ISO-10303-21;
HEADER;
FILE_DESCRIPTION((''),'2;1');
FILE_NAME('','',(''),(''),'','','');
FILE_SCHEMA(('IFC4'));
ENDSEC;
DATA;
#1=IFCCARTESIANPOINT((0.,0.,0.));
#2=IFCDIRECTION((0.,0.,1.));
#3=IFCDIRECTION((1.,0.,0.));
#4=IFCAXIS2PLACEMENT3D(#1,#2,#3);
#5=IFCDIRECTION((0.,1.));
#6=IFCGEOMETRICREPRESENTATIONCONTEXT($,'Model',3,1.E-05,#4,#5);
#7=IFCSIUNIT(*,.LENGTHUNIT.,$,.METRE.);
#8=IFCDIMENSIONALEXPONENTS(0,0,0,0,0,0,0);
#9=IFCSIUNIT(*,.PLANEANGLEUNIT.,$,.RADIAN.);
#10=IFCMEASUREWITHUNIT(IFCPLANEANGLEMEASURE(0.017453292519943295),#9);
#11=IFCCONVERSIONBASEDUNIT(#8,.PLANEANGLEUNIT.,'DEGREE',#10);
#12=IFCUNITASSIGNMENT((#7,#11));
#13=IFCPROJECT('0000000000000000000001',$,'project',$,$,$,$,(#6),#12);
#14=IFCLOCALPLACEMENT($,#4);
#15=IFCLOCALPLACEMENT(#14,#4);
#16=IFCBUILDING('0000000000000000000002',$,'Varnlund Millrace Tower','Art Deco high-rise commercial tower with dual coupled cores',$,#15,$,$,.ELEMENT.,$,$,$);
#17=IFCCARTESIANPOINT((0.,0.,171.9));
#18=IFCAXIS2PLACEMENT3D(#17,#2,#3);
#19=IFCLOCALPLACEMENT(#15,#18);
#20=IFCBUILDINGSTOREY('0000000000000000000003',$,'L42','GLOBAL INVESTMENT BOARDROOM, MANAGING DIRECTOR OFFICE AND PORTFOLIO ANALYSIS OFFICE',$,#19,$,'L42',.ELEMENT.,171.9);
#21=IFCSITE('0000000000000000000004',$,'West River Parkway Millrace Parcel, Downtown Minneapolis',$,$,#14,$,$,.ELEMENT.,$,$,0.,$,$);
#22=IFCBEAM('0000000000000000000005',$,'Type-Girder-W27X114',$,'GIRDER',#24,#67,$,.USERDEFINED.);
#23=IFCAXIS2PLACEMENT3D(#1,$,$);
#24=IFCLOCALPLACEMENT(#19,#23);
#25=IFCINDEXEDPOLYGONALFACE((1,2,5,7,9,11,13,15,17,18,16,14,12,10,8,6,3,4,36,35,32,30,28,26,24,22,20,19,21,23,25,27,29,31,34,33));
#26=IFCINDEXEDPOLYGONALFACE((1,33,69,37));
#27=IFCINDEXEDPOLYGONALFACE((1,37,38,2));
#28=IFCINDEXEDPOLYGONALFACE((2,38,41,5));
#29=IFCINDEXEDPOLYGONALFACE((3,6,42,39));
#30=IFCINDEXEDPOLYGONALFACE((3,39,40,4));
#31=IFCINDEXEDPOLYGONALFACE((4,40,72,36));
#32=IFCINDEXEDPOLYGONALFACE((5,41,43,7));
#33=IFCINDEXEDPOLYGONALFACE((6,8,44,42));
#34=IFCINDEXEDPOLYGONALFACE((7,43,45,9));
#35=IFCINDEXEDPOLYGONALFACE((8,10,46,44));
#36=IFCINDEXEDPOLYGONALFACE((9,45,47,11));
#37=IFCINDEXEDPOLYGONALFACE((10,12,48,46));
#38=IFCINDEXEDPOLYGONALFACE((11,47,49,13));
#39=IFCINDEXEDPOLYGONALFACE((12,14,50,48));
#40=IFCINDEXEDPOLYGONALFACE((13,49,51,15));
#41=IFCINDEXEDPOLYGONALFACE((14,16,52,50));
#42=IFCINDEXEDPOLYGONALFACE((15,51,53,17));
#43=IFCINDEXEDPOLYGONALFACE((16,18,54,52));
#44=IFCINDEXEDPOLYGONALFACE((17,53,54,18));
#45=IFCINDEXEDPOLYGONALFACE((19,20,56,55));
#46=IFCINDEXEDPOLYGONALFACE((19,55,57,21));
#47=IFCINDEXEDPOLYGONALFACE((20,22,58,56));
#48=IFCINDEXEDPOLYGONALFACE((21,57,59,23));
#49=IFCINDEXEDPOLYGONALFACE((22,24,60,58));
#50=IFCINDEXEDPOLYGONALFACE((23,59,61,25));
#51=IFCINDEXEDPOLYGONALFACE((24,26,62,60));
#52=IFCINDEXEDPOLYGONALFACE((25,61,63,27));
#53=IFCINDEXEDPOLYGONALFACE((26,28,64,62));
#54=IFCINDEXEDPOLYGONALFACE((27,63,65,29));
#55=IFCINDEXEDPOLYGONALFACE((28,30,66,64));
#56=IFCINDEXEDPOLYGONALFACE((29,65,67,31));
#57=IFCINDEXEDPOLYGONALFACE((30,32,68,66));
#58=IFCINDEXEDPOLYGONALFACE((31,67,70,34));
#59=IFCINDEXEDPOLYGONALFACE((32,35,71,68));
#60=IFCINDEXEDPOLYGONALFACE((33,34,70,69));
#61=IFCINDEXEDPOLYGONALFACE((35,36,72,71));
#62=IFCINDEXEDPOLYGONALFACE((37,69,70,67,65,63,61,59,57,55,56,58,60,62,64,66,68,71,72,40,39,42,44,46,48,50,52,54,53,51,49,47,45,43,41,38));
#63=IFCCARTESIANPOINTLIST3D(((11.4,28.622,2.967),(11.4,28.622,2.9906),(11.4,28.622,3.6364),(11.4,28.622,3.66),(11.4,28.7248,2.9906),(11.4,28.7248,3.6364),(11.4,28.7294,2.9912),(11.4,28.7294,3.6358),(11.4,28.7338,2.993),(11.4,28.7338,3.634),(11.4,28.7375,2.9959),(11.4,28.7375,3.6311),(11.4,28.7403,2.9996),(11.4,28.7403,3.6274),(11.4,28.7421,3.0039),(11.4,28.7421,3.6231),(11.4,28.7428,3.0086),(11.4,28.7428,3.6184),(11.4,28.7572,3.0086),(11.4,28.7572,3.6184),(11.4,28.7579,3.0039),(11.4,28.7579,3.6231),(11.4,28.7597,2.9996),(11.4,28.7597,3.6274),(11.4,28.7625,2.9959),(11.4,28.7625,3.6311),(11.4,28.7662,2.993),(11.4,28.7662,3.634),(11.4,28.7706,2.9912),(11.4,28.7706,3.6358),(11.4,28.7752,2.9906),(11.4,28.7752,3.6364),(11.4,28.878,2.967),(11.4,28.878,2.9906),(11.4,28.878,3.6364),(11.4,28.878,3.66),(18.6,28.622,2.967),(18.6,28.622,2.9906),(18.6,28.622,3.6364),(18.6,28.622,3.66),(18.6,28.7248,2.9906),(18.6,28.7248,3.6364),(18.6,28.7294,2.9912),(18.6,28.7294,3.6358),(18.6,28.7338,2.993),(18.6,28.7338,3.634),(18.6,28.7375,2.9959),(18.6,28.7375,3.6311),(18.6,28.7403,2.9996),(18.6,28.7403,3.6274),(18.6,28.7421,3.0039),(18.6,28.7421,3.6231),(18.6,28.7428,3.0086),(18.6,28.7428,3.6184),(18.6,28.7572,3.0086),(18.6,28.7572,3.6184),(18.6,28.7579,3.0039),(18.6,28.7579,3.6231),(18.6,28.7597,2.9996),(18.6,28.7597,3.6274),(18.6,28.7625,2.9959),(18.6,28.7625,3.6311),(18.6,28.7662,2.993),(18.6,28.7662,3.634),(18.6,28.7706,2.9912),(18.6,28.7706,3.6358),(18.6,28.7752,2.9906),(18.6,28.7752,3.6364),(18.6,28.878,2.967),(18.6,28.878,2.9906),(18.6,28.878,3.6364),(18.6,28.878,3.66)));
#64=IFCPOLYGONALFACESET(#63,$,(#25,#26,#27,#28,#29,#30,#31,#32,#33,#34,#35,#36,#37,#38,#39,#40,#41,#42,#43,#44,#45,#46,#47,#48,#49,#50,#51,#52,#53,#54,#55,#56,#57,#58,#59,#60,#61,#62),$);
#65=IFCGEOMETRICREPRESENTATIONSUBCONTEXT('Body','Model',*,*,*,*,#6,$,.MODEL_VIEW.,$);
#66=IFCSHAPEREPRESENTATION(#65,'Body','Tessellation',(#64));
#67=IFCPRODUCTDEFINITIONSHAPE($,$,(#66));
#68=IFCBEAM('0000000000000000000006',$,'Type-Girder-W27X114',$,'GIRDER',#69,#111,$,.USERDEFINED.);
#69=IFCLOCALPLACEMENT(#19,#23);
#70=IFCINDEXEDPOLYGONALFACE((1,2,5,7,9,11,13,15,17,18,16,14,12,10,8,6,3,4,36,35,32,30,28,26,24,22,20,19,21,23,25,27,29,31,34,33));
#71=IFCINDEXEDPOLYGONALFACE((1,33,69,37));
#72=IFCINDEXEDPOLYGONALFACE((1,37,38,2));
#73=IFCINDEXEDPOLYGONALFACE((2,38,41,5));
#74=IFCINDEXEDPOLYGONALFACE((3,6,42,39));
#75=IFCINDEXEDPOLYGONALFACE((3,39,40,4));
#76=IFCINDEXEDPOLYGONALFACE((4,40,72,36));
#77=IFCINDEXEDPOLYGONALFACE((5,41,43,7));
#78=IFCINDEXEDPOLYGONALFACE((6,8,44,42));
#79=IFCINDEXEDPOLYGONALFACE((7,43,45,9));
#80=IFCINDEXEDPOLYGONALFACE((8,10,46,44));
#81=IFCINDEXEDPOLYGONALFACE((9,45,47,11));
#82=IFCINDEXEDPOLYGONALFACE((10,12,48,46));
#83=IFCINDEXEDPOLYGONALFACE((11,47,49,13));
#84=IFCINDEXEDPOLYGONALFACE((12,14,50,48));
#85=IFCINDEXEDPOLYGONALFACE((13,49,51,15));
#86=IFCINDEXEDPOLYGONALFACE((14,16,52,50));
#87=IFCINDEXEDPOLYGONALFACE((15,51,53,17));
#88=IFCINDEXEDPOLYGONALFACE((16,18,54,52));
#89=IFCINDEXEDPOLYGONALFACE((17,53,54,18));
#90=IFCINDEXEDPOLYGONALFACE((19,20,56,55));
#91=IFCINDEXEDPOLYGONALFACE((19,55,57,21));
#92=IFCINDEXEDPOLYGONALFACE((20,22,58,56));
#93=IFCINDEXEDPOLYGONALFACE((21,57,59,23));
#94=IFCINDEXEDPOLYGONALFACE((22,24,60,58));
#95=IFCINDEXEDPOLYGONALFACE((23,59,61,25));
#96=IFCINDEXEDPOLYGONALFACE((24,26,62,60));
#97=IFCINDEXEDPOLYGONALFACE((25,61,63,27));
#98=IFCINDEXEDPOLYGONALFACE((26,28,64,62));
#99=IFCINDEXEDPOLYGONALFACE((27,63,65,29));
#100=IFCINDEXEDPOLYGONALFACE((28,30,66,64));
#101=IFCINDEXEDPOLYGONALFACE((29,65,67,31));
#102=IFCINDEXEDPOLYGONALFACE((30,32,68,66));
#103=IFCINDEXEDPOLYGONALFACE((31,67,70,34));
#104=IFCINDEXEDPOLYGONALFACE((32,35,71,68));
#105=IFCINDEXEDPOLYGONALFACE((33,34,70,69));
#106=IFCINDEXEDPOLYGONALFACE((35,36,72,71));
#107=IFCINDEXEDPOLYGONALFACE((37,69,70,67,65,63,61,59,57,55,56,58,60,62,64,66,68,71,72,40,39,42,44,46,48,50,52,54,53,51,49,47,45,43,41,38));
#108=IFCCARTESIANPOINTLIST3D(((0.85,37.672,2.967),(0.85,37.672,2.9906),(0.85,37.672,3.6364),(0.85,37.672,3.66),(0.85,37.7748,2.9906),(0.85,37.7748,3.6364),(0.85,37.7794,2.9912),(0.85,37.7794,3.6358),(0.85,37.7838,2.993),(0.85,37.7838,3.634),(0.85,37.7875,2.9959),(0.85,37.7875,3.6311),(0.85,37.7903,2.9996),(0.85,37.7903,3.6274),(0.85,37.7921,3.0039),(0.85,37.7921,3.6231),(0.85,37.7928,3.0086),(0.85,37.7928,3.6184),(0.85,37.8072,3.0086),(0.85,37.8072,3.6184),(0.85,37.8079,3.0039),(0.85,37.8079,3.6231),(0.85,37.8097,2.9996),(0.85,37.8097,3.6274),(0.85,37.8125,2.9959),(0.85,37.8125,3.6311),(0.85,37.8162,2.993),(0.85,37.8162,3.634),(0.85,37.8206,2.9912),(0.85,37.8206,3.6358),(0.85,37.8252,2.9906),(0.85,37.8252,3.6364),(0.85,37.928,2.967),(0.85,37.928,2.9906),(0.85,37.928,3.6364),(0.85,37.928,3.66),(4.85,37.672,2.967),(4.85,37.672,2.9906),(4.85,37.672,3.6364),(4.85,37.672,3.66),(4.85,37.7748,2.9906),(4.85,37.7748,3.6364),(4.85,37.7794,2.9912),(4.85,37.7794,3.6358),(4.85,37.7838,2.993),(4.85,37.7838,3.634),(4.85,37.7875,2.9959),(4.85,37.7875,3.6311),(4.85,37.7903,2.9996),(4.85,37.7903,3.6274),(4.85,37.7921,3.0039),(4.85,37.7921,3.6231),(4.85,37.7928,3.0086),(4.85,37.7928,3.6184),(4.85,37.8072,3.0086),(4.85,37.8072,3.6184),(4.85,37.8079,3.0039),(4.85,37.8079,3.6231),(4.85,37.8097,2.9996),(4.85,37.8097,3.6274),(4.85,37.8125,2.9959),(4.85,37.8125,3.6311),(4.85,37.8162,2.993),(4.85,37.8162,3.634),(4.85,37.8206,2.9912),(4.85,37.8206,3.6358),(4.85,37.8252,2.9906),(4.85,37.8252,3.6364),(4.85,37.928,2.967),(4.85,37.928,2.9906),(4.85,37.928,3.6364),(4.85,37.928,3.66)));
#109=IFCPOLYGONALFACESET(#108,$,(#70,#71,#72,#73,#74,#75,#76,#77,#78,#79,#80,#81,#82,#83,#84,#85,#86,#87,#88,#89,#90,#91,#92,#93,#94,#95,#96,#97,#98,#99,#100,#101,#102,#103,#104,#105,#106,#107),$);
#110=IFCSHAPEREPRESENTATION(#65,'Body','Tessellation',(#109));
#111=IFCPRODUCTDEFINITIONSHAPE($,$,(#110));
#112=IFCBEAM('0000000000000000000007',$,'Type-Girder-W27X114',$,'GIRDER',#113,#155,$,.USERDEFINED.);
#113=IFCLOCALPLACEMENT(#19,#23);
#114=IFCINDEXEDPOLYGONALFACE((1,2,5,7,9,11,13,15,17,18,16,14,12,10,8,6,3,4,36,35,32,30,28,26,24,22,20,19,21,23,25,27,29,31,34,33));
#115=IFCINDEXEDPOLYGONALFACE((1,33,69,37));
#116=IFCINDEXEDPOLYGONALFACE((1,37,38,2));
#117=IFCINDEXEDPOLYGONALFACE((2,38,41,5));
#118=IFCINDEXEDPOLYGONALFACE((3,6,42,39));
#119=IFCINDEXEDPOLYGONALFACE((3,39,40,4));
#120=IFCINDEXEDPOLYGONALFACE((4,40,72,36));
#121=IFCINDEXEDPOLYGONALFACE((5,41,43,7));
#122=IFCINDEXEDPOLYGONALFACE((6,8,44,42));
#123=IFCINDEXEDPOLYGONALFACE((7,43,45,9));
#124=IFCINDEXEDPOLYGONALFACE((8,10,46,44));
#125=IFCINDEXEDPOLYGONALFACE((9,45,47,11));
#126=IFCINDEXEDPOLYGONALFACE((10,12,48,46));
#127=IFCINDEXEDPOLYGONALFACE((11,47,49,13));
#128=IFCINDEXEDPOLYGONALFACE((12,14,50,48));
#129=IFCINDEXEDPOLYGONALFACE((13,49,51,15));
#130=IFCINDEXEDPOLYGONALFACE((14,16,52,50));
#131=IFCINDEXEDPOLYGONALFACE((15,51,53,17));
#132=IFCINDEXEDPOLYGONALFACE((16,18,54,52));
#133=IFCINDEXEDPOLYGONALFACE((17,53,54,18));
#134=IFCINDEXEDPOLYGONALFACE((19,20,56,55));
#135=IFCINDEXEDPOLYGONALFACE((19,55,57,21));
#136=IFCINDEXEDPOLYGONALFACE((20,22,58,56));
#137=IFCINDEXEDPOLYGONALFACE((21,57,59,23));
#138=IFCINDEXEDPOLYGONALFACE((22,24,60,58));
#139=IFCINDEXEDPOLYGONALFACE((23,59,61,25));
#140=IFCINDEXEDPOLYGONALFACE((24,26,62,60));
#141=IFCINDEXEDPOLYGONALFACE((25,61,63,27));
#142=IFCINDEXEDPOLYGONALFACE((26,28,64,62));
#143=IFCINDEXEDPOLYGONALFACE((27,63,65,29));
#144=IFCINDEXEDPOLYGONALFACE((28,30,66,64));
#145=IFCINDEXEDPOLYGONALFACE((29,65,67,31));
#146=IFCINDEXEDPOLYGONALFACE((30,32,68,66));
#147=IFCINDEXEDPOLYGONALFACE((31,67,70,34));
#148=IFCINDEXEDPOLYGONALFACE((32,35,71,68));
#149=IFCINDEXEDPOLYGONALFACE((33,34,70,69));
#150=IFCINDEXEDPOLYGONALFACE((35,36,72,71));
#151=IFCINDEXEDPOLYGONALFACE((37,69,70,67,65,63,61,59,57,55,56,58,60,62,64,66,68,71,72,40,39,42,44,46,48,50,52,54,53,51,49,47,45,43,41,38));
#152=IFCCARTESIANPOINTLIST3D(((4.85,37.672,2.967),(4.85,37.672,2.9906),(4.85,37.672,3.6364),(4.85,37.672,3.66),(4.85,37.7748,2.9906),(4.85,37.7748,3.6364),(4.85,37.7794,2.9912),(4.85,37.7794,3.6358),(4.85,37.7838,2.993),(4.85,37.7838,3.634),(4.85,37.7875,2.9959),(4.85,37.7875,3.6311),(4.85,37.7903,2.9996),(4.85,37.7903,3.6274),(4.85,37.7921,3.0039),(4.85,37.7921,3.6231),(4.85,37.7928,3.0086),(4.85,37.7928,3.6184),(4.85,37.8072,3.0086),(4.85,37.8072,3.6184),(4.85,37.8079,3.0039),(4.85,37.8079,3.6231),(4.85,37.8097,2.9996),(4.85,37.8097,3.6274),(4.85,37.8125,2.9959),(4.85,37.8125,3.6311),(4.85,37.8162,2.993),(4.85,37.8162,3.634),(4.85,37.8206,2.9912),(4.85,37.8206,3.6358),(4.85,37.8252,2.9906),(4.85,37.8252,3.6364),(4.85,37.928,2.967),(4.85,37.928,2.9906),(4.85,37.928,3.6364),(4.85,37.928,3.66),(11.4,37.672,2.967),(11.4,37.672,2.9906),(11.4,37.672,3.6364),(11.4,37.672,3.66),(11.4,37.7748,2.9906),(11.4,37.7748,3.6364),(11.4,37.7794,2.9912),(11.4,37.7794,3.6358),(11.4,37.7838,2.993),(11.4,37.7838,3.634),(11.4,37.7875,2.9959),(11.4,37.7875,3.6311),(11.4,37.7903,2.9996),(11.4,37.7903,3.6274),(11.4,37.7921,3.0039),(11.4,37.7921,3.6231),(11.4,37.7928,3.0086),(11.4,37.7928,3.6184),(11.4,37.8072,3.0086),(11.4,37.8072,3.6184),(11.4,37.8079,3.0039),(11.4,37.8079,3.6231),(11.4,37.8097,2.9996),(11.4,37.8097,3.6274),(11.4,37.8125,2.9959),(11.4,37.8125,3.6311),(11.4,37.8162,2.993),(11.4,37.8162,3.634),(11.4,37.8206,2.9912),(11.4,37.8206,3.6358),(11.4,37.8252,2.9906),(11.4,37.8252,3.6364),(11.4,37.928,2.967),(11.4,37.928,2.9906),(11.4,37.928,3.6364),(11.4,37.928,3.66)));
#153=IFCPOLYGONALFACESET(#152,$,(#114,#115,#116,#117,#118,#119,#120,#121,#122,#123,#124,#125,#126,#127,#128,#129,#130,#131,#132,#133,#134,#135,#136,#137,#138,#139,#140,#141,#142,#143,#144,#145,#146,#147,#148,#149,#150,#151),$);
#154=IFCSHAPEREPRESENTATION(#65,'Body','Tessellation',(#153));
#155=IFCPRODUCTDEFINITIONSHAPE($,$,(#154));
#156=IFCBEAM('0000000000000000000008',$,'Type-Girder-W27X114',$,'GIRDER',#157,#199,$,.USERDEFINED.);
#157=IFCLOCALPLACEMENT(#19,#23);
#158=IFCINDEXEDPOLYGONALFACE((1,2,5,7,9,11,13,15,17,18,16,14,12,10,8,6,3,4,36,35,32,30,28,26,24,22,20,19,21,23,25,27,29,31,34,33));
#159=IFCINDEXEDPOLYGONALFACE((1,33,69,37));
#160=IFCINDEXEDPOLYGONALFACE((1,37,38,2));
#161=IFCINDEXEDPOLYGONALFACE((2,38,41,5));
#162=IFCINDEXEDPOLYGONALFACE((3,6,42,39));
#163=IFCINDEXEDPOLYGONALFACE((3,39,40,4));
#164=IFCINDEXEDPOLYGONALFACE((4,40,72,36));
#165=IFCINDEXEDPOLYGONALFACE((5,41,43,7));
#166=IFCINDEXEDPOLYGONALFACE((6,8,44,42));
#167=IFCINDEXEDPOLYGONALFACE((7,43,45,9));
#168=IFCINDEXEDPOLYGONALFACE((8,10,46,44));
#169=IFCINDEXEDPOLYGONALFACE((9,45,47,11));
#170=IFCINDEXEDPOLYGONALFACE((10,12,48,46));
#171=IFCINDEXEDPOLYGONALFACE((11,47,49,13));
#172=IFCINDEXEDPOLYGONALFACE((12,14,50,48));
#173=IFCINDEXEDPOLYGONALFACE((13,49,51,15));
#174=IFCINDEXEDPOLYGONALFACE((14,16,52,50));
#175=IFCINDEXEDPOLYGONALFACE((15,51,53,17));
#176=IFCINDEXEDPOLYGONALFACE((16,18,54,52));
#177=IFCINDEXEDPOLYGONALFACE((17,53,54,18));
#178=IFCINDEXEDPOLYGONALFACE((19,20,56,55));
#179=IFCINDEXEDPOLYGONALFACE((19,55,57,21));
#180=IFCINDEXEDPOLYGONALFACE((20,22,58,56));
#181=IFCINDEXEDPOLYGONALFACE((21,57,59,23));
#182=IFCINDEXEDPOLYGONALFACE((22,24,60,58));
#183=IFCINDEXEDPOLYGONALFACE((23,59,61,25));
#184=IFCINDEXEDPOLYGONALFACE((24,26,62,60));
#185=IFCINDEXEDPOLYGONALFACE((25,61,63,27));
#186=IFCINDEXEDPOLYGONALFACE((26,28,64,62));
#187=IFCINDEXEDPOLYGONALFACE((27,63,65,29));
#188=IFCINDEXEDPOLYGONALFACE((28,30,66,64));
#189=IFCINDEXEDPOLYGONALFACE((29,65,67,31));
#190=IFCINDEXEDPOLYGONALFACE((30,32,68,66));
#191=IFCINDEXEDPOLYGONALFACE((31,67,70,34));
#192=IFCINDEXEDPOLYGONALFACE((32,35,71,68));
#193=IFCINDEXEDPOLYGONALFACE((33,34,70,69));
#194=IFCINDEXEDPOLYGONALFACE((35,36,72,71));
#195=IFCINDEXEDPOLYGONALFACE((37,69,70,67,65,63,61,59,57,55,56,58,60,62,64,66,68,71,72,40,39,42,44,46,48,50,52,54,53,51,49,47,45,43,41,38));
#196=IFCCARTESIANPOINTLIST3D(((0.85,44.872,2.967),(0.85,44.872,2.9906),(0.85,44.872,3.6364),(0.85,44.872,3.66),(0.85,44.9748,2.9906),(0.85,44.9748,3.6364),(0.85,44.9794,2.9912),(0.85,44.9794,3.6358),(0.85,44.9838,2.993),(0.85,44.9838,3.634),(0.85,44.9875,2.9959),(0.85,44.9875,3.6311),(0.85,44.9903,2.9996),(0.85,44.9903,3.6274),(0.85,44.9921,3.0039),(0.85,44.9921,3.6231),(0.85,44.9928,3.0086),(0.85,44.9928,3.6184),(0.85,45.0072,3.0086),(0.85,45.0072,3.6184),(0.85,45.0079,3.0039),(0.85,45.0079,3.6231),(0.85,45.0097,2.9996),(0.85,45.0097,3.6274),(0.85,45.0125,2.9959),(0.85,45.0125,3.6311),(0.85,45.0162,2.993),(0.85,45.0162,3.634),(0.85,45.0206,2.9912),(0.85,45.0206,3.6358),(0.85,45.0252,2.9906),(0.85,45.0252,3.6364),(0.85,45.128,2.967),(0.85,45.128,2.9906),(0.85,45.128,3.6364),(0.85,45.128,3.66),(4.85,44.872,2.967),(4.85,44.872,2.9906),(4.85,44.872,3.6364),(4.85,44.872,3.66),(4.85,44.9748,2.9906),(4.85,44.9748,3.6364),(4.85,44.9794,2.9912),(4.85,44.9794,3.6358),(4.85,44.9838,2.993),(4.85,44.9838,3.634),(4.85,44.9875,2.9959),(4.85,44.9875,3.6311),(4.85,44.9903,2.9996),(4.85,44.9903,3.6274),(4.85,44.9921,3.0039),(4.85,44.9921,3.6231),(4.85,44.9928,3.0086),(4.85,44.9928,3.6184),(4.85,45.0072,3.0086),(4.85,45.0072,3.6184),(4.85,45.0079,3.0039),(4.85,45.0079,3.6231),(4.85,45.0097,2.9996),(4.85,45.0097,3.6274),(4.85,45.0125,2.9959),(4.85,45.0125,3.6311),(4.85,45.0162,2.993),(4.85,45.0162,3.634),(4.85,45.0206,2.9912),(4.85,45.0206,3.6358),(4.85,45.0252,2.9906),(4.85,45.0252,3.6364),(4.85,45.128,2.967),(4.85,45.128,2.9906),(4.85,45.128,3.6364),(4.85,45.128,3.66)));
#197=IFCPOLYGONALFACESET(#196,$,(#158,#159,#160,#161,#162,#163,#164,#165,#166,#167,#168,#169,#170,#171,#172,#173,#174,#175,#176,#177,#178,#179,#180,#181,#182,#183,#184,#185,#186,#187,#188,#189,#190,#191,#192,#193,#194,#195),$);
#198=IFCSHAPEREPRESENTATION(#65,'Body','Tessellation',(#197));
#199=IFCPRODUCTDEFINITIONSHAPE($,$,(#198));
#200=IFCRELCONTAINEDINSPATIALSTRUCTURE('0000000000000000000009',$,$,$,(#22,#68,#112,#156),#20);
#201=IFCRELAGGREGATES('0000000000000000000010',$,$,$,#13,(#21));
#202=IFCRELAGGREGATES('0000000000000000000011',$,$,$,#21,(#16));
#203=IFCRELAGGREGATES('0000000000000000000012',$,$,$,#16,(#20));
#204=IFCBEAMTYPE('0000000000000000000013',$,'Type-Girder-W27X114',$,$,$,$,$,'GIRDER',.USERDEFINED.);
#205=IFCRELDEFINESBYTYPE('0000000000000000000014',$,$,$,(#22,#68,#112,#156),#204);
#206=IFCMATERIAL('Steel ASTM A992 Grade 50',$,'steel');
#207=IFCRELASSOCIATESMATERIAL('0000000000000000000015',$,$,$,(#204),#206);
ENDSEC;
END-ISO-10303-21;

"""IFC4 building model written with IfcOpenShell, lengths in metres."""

from ifc_helpers import new_model, entity, si_unit, converted_unit, direction, frame, origin_with_axes, origin_2d_with_axis, place, context, subcontext, project, spatial, i_section, extrude, material, material_profile, profile_set, type_object, element, save


model = new_model("IFC4")

# Units and contexts
model_context = context("Model", 3, precision=1e-05, world=origin_with_axes(), true_north=direction((0.0, 1.0)))
body_context = subcontext(model_context, "Body", "Model", "MODEL_VIEW")
ifc_project = project(units=[si_unit("LENGTHUNIT", "METRE"), converted_unit("PLANEANGLEUNIT", "DEGREE", entity("IfcPlaneAngleMeasure", 0.017453292519943295), si_unit("PLANEANGLEUNIT", "RADIAN"), dimensions=[0, 0, 0, 0, 0, 0, 0])], contexts=[model_context])

# Site, building, storey
site_placement = place(None, origin_with_axes())
site = spatial("IfcSite", under=ifc_project, at=site_placement, Name="West River Parkway Millrace Parcel, Downtown Minneapolis", CompositionType="ELEMENT", RefElevation=0.0)
building_placement = place(site_placement, origin_with_axes())
building = spatial("IfcBuilding", under=site, at=building_placement, Name="Varnlund Millrace Tower", Description="Art Deco high-rise commercial tower with dual coupled cores", CompositionType="ELEMENT")
storey_placement = place(building_placement, frame((0.0, 0.0, 171.9), z_axis=(0.0, 0.0, 1.0), x_axis=(1.0, 0.0, 0.0)))
storey = spatial("IfcBuildingStorey", under=building, at=storey_placement, Name="L42", Description="GLOBAL INVESTMENT BOARDROOM, MANAGING DIRECTOR OFFICE AND PORTFOLIO ANALYSIS OFFICE", LongName="L42", CompositionType="ELEMENT", Elevation=171.9)

# Beams
ifc_material_1 = material(Name="Steel ASTM A992 Grade 50", Category="steel")
ifc_material_profile_1 = material_profile(ifc_material_1, i_section(OverallWidth=0.256, OverallDepth=0.693, WebThickness=0.0145, FlangeThickness=0.0236, FilletRadius=0.018, at=origin_2d_with_axis()), Name="Steel ASTM A992 Grade 50")
ifc_profile_set_1 = profile_set([ifc_material_profile_1], Name="Steel ASTM A992 Grade 50")
beam_type_1 = type_object("IfcBeamType", Name="Type-Girder-W27X114", ElementType="GIRDER", PredefinedType="USERDEFINED", material=ifc_profile_set_1)
beam_1_placement = place(storey_placement, frame((11.4, 28.75, 3.3135), z_axis=(1.0, 0.0, 0.0), x_axis=(0.0, 1.0, 0.0)))
element("IfcBeam", 1, at=beam_1_placement, inside=storey, type_object=beam_type_1, Name="Type-Girder-W27X114", ObjectType="GIRDER", PredefinedType="USERDEFINED", context=body_context, shape_type="SweptSolid", body=[
    extrude(i_section(OverallWidth=0.256, OverallDepth=0.693, WebThickness=0.0145, FlangeThickness=0.0236, FilletRadius=0.018, at=origin_2d_with_axis()), origin_with_axes(), (0.0, 0.0, 1.0), 7.2),
])
beam_2_placement = place(storey_placement, frame((0.85, 37.8, 3.3135), z_axis=(1.0, 0.0, 0.0), x_axis=(0.0, 1.0, 0.0)))
element("IfcBeam", 2, at=beam_2_placement, inside=storey, type_object=beam_type_1, Name="Type-Girder-W27X114", ObjectType="GIRDER", PredefinedType="USERDEFINED", context=body_context, shape_type="SweptSolid", body=[
    extrude(i_section(OverallWidth=0.256, OverallDepth=0.693, WebThickness=0.0145, FlangeThickness=0.0236, FilletRadius=0.018, at=origin_2d_with_axis()), origin_with_axes(), (0.0, 0.0, 1.0), 4.0),
])
beam_3_placement = place(storey_placement, frame((4.85, 37.8, 3.3135), z_axis=(1.0, 0.0, 0.0), x_axis=(0.0, 1.0, 0.0)))
element("IfcBeam", 3, at=beam_3_placement, inside=storey, type_object=beam_type_1, Name="Type-Girder-W27X114", ObjectType="GIRDER", PredefinedType="USERDEFINED", context=body_context, shape_type="SweptSolid", body=[
    extrude(i_section(OverallWidth=0.256, OverallDepth=0.693, WebThickness=0.0145, FlangeThickness=0.0236, FilletRadius=0.018, at=origin_2d_with_axis()), origin_with_axes(), (0.0, 0.0, 1.0), 6.55),
])
beam_4_placement = place(storey_placement, frame((0.85, 45.0, 3.3135), z_axis=(1.0, 0.0, 0.0), x_axis=(0.0, 1.0, 0.0)))
element("IfcBeam", 4, at=beam_4_placement, inside=storey, type_object=beam_type_1, Name="Type-Girder-W27X114", ObjectType="GIRDER", PredefinedType="USERDEFINED", context=body_context, shape_type="SweptSolid", body=[
    extrude(i_section(OverallWidth=0.256, OverallDepth=0.693, WebThickness=0.0145, FlangeThickness=0.0236, FilletRadius=0.018, at=origin_2d_with_axis()), origin_with_axes(), (0.0, 0.0, 1.0), 4.0),
])

save(model, "model.ifc")
